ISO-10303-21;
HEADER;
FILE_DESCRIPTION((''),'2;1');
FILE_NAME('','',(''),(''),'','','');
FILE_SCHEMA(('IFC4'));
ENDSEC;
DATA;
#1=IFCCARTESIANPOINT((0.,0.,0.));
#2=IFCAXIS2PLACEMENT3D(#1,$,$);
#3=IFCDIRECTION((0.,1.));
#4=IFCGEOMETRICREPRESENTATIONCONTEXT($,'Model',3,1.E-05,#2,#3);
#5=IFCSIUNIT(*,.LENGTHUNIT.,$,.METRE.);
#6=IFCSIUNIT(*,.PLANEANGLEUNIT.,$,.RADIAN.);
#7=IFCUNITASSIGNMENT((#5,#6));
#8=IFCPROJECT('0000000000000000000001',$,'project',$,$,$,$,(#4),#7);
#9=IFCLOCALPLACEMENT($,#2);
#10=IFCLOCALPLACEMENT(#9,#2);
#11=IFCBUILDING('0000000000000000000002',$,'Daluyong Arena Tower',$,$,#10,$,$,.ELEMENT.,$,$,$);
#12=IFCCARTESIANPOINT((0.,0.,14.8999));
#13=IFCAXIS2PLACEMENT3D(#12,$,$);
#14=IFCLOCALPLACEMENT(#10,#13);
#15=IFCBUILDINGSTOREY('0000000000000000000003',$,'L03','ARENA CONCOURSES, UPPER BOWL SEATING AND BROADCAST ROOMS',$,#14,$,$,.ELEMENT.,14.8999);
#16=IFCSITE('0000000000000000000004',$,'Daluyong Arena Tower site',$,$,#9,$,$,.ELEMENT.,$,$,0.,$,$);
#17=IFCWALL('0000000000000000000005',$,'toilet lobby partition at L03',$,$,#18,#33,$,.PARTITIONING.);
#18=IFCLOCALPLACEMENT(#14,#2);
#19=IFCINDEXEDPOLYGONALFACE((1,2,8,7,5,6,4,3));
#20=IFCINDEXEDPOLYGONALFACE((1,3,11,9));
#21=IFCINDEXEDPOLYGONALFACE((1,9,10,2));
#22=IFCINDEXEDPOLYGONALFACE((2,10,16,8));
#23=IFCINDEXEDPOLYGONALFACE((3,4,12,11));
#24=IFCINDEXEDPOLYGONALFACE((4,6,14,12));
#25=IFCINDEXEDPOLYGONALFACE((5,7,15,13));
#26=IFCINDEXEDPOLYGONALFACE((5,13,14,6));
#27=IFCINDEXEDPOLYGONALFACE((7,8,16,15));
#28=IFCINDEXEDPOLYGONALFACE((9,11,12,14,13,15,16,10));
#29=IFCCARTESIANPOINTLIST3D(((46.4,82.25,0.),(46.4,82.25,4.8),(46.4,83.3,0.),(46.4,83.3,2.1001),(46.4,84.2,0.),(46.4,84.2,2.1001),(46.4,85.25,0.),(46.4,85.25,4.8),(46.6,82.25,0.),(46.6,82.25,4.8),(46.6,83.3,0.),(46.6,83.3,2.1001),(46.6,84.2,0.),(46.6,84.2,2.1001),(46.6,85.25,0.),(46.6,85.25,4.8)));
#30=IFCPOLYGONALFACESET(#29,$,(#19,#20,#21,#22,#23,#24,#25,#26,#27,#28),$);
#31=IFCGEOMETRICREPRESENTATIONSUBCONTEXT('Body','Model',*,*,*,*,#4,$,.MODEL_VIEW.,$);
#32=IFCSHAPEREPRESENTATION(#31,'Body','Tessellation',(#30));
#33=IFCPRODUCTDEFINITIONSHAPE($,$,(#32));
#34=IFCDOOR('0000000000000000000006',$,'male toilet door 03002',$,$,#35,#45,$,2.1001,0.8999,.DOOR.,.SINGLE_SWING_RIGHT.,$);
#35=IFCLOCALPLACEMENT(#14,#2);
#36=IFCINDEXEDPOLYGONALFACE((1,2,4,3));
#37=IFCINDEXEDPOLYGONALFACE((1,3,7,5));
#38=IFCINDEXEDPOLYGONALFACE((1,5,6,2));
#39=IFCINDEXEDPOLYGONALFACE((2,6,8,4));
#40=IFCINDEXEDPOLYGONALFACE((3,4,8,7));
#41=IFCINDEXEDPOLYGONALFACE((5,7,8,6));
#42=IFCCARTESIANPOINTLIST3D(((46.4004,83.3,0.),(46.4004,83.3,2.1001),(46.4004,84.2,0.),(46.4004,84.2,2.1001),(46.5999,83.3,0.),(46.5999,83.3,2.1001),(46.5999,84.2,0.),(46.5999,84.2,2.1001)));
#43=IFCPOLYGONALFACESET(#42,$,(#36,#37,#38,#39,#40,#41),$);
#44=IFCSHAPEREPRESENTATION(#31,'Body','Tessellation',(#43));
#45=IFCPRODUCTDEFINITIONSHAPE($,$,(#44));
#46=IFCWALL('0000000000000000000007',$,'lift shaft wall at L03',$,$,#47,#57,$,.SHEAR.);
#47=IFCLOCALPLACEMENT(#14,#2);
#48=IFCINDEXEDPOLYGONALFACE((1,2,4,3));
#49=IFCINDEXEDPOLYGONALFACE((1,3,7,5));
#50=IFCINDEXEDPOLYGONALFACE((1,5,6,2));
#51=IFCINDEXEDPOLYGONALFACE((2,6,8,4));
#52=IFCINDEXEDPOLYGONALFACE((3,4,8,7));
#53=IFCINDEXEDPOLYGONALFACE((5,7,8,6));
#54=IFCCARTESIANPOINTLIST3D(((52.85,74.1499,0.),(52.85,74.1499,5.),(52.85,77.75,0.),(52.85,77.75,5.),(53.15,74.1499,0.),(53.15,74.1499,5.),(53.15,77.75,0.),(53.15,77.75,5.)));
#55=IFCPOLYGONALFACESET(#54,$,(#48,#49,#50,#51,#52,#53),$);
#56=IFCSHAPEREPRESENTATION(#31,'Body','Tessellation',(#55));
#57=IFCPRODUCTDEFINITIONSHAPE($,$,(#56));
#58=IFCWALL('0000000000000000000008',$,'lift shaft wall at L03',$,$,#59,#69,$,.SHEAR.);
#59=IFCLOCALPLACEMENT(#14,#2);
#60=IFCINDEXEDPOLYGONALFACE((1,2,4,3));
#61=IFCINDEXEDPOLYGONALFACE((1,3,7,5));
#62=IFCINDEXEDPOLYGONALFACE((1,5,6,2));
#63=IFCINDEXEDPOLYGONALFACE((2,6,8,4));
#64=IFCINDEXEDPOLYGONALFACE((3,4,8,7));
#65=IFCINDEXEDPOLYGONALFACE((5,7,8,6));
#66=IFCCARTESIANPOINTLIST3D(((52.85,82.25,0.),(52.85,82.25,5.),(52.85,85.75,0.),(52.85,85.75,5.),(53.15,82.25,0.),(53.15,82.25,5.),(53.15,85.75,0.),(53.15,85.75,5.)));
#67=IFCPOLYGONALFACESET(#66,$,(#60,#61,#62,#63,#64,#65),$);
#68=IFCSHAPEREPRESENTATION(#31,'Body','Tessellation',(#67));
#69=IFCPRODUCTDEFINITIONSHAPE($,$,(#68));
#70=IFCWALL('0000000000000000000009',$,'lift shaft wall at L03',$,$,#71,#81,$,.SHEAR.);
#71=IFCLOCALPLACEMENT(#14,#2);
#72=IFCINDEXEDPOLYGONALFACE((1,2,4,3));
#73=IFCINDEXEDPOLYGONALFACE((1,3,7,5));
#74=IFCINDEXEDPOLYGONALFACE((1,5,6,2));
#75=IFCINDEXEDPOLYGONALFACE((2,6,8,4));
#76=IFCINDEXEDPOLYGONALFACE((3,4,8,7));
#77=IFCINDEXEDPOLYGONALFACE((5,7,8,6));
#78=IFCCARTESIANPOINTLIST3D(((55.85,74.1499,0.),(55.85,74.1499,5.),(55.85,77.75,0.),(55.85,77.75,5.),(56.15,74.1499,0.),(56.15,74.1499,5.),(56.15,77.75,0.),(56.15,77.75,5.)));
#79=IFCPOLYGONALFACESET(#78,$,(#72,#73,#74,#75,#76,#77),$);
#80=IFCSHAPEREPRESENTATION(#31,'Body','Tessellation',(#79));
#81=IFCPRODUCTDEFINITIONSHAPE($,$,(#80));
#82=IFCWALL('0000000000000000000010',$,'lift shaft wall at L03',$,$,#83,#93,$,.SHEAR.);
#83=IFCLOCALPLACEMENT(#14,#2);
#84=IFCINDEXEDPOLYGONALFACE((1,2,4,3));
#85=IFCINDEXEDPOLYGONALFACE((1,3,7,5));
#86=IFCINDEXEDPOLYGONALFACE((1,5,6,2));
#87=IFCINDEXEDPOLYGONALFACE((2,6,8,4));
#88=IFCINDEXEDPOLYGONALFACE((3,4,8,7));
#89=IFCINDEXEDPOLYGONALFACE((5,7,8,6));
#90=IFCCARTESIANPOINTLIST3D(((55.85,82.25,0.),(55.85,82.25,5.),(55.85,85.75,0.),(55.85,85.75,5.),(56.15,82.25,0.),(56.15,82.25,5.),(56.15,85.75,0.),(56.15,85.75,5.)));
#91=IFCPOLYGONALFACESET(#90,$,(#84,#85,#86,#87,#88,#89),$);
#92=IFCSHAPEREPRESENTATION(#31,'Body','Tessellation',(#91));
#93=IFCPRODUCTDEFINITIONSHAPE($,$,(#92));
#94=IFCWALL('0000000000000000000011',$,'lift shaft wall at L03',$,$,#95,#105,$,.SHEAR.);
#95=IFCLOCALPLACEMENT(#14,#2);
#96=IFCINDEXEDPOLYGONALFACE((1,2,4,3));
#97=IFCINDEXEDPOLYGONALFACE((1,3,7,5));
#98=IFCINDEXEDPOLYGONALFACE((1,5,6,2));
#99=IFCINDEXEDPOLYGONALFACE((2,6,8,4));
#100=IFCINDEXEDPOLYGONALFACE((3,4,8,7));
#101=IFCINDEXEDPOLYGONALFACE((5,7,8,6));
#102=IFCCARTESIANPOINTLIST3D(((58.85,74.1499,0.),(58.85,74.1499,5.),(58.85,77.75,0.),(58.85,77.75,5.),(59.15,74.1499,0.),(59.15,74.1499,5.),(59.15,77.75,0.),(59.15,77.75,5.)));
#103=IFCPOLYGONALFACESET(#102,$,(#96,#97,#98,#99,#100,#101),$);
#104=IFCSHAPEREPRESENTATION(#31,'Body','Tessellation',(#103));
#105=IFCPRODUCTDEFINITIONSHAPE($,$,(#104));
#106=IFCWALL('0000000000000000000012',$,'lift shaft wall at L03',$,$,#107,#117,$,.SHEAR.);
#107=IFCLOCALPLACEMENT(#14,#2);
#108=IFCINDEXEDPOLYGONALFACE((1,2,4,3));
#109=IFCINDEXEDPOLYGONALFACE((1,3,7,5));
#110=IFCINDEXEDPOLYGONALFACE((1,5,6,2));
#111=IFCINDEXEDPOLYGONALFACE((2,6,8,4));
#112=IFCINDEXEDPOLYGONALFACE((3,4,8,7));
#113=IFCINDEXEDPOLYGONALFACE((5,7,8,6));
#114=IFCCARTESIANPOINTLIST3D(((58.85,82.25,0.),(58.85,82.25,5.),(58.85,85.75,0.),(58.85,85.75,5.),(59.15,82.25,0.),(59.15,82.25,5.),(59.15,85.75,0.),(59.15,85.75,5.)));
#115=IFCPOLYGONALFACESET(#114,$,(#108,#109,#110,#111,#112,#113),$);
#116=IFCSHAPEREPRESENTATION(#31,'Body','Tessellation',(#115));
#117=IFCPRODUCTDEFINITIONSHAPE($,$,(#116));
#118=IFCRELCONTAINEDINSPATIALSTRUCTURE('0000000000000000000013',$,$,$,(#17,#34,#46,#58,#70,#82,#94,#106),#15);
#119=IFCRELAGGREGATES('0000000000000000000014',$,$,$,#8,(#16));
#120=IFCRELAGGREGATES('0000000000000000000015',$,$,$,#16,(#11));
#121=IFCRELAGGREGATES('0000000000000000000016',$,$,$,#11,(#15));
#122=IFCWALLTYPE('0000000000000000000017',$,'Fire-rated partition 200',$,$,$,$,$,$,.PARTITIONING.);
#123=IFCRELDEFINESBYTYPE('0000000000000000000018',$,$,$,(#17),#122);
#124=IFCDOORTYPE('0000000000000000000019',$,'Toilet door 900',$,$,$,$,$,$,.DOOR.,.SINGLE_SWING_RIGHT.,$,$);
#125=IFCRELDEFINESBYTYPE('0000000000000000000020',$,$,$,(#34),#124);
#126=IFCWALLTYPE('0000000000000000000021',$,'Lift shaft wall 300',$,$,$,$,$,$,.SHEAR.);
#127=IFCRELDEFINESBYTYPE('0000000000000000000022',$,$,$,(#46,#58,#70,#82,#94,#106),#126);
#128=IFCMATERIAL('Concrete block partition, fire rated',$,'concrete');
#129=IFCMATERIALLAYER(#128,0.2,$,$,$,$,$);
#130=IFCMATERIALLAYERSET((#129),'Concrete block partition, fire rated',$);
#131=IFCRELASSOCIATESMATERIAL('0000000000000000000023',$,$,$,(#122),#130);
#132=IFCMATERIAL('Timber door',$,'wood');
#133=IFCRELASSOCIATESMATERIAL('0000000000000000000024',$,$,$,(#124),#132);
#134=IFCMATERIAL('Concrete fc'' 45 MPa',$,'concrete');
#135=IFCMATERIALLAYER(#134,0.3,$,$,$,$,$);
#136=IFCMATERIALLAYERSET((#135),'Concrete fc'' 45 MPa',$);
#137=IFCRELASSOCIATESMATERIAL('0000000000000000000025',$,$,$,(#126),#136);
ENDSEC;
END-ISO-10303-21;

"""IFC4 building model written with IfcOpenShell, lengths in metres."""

from ifc_helpers import new_model, si_unit, direction, frame, frame_2d, origin, place, context, subcontext, project, spatial, rectangle, extrude, material, layer, layer_set, type_object, element, fill, save


model = new_model("IFC4")

# Units and contexts
model_context = context("Model", 3, precision=1e-05, world=origin(), true_north=direction((0.0, 1.0)))
body_context = subcontext(model_context, "Body", "Model", "MODEL_VIEW")
ifc_project = project(units=[si_unit("LENGTHUNIT", "METRE"), si_unit("PLANEANGLEUNIT", "RADIAN")], contexts=[model_context])

# Site, building, storey
site_placement = place(None, origin())
site = spatial("IfcSite", under=ifc_project, at=site_placement, Name="Daluyong Arena Tower site", CompositionType="ELEMENT", RefElevation=0.0)
building_placement = place(site_placement, origin())
building = spatial("IfcBuilding", under=site, at=building_placement, Name="Daluyong Arena Tower", CompositionType="ELEMENT")
storey_placement = place(building_placement, frame((0.0, 0.0, 14.8999)))
storey = spatial("IfcBuildingStorey", under=building, at=storey_placement, Name="L03", Description="ARENA CONCOURSES, UPPER BOWL SEATING AND BROADCAST ROOMS", CompositionType="ELEMENT", Elevation=14.8999)

# Wall, opening, door
ifc_material_1 = material(Name="Concrete block partition, fire rated", Category="concrete")
ifc_layer_1 = layer(ifc_material_1, 0.2)
ifc_layer_set_1 = layer_set([ifc_layer_1], Name="Concrete block partition, fire rated")
wall_type_1 = type_object("IfcWallType", Name="Fire-rated partition 200", PredefinedType="PARTITIONING", material=ifc_layer_set_1)
wall_1_placement = place(storey_placement, frame((46.5, 82.25, 0.0), z_axis=(0.0, 0.0, 1.0), x_axis=(0.0, 1.0, 0.0)))
wall_1 = element("IfcWall", 1, at=wall_1_placement, inside=storey, type_object=wall_type_1, Name="toilet lobby partition at L03", PredefinedType="PARTITIONING", context=body_context, shape_type="SweptSolid", body=[
    extrude(rectangle(XDim=3.0, YDim=0.2, at=frame_2d((1.5, 0.0))), origin(), (0.0, 0.0, 1.0), 4.8),
])
opening_placement = place(wall_1_placement, frame((1.05, 0.0, 0.0)))
opening = element("IfcOpeningElement", 2, at=opening_placement, cuts=wall_1, PredefinedType="OPENING", context=body_context, shape_type="SweptSolid", body=[
    extrude(rectangle(XDim=0.8999, YDim=2.1001, at=frame_2d((0.45, 1.05))), frame((0.0, 0.1099, 0.0), z_axis=(0.0, -1.0, 0.0), x_axis=(1.0, 0.0, 0.0)), (0.0, 0.0, 1.0), 0.22),
])
ifc_material_2 = material(Name="Timber door", Category="wood")
door_type = type_object("IfcDoorType", Name="Toilet door 900", OperationType="SINGLE_SWING_RIGHT", PredefinedType="DOOR", material=ifc_material_2)
door_placement = place(opening_placement, origin())
door = element("IfcDoor", 3, at=door_placement, inside=storey, type_object=door_type, Name="male toilet door 03002", OperationType="SINGLE_SWING_RIGHT", OverallHeight=2.1001, OverallWidth=0.8999, PredefinedType="DOOR", context=body_context, shape_type="SweptSolid", body=[
    extrude(rectangle(XDim=0.8999, YDim=2.1001, at=frame_2d((0.45, 1.05))), frame((0.0, 0.0996, 0.0), z_axis=(0.0, -1.0, 0.0), x_axis=(1.0, 0.0, 0.0)), (0.0, 0.0, 1.0), 0.1995),
])
fill(opening, door)

# Walls
ifc_material_3 = material(Name="Concrete fc' 45 MPa", Category="concrete")
ifc_layer_2 = layer(ifc_material_3, 0.3)
ifc_layer_set_2 = layer_set([ifc_layer_2], Name="Concrete fc' 45 MPa")
wall_type_2 = type_object("IfcWallType", Name="Lift shaft wall 300", PredefinedType="SHEAR", material=ifc_layer_set_2)
wall_2_placement = place(storey_placement, frame((53.0, 74.1499, 0.0), z_axis=(0.0, 0.0, 1.0), x_axis=(0.0, 1.0, 0.0)))
element("IfcWall", 4, at=wall_2_placement, inside=storey, type_object=wall_type_2, Name="lift shaft wall at L03", PredefinedType="SHEAR", context=body_context, shape_type="SweptSolid", body=[
    extrude(rectangle(XDim=3.6001, YDim=0.3, at=frame_2d((1.8, 0.0))), origin(), (0.0, 0.0, 1.0), 5.0),
])
wall_3_placement = place(storey_placement, frame((53.0, 82.25, 0.0), z_axis=(0.0, 0.0, 1.0), x_axis=(0.0, 1.0, 0.0)))
element("IfcWall", 5, at=wall_3_placement, inside=storey, type_object=wall_type_2, Name="lift shaft wall at L03", PredefinedType="SHEAR", context=body_context, shape_type="SweptSolid", body=[
    extrude(rectangle(XDim=3.5, YDim=0.3, at=frame_2d((1.75, 0.0))), origin(), (0.0, 0.0, 1.0), 5.0),
])
wall_4_placement = place(storey_placement, frame((56.0, 74.1499, 0.0), z_axis=(0.0, 0.0, 1.0), x_axis=(0.0, 1.0, 0.0)))
element("IfcWall", 6, at=wall_4_placement, inside=storey, type_object=wall_type_2, Name="lift shaft wall at L03", PredefinedType="SHEAR", context=body_context, shape_type="SweptSolid", body=[
    extrude(rectangle(XDim=3.6001, YDim=0.3, at=frame_2d((1.8, 0.0))), origin(), (0.0, 0.0, 1.0), 5.0),
])
wall_5_placement = place(storey_placement, frame((56.0, 82.25, 0.0), z_axis=(0.0, 0.0, 1.0), x_axis=(0.0, 1.0, 0.0)))
element("IfcWall", 7, at=wall_5_placement, inside=storey, type_object=wall_type_2, Name="lift shaft wall at L03", PredefinedType="SHEAR", context=body_context, shape_type="SweptSolid", body=[
    extrude(rectangle(XDim=3.5, YDim=0.3, at=frame_2d((1.75, 0.0))), origin(), (0.0, 0.0, 1.0), 5.0),
])
wall_6_placement = place(storey_placement, frame((59.0, 74.1499, 0.0), z_axis=(0.0, 0.0, 1.0), x_axis=(0.0, 1.0, 0.0)))
element("IfcWall", 8, at=wall_6_placement, inside=storey, type_object=wall_type_2, Name="lift shaft wall at L03", PredefinedType="SHEAR", context=body_context, shape_type="SweptSolid", body=[
    extrude(rectangle(XDim=3.6001, YDim=0.3, at=frame_2d((1.8, 0.0))), origin(), (0.0, 0.0, 1.0), 5.0),
])
wall_7_placement = place(storey_placement, frame((59.0, 82.25, 0.0), z_axis=(0.0, 0.0, 1.0), x_axis=(0.0, 1.0, 0.0)))
element("IfcWall", 9, at=wall_7_placement, inside=storey, type_object=wall_type_2, Name="lift shaft wall at L03", PredefinedType="SHEAR", context=body_context, shape_type="SweptSolid", body=[
    extrude(rectangle(XDim=3.5, YDim=0.3, at=frame_2d((1.75, 0.0))), origin(), (0.0, 0.0, 1.0), 5.0),
])

save(model, "model.ifc")
